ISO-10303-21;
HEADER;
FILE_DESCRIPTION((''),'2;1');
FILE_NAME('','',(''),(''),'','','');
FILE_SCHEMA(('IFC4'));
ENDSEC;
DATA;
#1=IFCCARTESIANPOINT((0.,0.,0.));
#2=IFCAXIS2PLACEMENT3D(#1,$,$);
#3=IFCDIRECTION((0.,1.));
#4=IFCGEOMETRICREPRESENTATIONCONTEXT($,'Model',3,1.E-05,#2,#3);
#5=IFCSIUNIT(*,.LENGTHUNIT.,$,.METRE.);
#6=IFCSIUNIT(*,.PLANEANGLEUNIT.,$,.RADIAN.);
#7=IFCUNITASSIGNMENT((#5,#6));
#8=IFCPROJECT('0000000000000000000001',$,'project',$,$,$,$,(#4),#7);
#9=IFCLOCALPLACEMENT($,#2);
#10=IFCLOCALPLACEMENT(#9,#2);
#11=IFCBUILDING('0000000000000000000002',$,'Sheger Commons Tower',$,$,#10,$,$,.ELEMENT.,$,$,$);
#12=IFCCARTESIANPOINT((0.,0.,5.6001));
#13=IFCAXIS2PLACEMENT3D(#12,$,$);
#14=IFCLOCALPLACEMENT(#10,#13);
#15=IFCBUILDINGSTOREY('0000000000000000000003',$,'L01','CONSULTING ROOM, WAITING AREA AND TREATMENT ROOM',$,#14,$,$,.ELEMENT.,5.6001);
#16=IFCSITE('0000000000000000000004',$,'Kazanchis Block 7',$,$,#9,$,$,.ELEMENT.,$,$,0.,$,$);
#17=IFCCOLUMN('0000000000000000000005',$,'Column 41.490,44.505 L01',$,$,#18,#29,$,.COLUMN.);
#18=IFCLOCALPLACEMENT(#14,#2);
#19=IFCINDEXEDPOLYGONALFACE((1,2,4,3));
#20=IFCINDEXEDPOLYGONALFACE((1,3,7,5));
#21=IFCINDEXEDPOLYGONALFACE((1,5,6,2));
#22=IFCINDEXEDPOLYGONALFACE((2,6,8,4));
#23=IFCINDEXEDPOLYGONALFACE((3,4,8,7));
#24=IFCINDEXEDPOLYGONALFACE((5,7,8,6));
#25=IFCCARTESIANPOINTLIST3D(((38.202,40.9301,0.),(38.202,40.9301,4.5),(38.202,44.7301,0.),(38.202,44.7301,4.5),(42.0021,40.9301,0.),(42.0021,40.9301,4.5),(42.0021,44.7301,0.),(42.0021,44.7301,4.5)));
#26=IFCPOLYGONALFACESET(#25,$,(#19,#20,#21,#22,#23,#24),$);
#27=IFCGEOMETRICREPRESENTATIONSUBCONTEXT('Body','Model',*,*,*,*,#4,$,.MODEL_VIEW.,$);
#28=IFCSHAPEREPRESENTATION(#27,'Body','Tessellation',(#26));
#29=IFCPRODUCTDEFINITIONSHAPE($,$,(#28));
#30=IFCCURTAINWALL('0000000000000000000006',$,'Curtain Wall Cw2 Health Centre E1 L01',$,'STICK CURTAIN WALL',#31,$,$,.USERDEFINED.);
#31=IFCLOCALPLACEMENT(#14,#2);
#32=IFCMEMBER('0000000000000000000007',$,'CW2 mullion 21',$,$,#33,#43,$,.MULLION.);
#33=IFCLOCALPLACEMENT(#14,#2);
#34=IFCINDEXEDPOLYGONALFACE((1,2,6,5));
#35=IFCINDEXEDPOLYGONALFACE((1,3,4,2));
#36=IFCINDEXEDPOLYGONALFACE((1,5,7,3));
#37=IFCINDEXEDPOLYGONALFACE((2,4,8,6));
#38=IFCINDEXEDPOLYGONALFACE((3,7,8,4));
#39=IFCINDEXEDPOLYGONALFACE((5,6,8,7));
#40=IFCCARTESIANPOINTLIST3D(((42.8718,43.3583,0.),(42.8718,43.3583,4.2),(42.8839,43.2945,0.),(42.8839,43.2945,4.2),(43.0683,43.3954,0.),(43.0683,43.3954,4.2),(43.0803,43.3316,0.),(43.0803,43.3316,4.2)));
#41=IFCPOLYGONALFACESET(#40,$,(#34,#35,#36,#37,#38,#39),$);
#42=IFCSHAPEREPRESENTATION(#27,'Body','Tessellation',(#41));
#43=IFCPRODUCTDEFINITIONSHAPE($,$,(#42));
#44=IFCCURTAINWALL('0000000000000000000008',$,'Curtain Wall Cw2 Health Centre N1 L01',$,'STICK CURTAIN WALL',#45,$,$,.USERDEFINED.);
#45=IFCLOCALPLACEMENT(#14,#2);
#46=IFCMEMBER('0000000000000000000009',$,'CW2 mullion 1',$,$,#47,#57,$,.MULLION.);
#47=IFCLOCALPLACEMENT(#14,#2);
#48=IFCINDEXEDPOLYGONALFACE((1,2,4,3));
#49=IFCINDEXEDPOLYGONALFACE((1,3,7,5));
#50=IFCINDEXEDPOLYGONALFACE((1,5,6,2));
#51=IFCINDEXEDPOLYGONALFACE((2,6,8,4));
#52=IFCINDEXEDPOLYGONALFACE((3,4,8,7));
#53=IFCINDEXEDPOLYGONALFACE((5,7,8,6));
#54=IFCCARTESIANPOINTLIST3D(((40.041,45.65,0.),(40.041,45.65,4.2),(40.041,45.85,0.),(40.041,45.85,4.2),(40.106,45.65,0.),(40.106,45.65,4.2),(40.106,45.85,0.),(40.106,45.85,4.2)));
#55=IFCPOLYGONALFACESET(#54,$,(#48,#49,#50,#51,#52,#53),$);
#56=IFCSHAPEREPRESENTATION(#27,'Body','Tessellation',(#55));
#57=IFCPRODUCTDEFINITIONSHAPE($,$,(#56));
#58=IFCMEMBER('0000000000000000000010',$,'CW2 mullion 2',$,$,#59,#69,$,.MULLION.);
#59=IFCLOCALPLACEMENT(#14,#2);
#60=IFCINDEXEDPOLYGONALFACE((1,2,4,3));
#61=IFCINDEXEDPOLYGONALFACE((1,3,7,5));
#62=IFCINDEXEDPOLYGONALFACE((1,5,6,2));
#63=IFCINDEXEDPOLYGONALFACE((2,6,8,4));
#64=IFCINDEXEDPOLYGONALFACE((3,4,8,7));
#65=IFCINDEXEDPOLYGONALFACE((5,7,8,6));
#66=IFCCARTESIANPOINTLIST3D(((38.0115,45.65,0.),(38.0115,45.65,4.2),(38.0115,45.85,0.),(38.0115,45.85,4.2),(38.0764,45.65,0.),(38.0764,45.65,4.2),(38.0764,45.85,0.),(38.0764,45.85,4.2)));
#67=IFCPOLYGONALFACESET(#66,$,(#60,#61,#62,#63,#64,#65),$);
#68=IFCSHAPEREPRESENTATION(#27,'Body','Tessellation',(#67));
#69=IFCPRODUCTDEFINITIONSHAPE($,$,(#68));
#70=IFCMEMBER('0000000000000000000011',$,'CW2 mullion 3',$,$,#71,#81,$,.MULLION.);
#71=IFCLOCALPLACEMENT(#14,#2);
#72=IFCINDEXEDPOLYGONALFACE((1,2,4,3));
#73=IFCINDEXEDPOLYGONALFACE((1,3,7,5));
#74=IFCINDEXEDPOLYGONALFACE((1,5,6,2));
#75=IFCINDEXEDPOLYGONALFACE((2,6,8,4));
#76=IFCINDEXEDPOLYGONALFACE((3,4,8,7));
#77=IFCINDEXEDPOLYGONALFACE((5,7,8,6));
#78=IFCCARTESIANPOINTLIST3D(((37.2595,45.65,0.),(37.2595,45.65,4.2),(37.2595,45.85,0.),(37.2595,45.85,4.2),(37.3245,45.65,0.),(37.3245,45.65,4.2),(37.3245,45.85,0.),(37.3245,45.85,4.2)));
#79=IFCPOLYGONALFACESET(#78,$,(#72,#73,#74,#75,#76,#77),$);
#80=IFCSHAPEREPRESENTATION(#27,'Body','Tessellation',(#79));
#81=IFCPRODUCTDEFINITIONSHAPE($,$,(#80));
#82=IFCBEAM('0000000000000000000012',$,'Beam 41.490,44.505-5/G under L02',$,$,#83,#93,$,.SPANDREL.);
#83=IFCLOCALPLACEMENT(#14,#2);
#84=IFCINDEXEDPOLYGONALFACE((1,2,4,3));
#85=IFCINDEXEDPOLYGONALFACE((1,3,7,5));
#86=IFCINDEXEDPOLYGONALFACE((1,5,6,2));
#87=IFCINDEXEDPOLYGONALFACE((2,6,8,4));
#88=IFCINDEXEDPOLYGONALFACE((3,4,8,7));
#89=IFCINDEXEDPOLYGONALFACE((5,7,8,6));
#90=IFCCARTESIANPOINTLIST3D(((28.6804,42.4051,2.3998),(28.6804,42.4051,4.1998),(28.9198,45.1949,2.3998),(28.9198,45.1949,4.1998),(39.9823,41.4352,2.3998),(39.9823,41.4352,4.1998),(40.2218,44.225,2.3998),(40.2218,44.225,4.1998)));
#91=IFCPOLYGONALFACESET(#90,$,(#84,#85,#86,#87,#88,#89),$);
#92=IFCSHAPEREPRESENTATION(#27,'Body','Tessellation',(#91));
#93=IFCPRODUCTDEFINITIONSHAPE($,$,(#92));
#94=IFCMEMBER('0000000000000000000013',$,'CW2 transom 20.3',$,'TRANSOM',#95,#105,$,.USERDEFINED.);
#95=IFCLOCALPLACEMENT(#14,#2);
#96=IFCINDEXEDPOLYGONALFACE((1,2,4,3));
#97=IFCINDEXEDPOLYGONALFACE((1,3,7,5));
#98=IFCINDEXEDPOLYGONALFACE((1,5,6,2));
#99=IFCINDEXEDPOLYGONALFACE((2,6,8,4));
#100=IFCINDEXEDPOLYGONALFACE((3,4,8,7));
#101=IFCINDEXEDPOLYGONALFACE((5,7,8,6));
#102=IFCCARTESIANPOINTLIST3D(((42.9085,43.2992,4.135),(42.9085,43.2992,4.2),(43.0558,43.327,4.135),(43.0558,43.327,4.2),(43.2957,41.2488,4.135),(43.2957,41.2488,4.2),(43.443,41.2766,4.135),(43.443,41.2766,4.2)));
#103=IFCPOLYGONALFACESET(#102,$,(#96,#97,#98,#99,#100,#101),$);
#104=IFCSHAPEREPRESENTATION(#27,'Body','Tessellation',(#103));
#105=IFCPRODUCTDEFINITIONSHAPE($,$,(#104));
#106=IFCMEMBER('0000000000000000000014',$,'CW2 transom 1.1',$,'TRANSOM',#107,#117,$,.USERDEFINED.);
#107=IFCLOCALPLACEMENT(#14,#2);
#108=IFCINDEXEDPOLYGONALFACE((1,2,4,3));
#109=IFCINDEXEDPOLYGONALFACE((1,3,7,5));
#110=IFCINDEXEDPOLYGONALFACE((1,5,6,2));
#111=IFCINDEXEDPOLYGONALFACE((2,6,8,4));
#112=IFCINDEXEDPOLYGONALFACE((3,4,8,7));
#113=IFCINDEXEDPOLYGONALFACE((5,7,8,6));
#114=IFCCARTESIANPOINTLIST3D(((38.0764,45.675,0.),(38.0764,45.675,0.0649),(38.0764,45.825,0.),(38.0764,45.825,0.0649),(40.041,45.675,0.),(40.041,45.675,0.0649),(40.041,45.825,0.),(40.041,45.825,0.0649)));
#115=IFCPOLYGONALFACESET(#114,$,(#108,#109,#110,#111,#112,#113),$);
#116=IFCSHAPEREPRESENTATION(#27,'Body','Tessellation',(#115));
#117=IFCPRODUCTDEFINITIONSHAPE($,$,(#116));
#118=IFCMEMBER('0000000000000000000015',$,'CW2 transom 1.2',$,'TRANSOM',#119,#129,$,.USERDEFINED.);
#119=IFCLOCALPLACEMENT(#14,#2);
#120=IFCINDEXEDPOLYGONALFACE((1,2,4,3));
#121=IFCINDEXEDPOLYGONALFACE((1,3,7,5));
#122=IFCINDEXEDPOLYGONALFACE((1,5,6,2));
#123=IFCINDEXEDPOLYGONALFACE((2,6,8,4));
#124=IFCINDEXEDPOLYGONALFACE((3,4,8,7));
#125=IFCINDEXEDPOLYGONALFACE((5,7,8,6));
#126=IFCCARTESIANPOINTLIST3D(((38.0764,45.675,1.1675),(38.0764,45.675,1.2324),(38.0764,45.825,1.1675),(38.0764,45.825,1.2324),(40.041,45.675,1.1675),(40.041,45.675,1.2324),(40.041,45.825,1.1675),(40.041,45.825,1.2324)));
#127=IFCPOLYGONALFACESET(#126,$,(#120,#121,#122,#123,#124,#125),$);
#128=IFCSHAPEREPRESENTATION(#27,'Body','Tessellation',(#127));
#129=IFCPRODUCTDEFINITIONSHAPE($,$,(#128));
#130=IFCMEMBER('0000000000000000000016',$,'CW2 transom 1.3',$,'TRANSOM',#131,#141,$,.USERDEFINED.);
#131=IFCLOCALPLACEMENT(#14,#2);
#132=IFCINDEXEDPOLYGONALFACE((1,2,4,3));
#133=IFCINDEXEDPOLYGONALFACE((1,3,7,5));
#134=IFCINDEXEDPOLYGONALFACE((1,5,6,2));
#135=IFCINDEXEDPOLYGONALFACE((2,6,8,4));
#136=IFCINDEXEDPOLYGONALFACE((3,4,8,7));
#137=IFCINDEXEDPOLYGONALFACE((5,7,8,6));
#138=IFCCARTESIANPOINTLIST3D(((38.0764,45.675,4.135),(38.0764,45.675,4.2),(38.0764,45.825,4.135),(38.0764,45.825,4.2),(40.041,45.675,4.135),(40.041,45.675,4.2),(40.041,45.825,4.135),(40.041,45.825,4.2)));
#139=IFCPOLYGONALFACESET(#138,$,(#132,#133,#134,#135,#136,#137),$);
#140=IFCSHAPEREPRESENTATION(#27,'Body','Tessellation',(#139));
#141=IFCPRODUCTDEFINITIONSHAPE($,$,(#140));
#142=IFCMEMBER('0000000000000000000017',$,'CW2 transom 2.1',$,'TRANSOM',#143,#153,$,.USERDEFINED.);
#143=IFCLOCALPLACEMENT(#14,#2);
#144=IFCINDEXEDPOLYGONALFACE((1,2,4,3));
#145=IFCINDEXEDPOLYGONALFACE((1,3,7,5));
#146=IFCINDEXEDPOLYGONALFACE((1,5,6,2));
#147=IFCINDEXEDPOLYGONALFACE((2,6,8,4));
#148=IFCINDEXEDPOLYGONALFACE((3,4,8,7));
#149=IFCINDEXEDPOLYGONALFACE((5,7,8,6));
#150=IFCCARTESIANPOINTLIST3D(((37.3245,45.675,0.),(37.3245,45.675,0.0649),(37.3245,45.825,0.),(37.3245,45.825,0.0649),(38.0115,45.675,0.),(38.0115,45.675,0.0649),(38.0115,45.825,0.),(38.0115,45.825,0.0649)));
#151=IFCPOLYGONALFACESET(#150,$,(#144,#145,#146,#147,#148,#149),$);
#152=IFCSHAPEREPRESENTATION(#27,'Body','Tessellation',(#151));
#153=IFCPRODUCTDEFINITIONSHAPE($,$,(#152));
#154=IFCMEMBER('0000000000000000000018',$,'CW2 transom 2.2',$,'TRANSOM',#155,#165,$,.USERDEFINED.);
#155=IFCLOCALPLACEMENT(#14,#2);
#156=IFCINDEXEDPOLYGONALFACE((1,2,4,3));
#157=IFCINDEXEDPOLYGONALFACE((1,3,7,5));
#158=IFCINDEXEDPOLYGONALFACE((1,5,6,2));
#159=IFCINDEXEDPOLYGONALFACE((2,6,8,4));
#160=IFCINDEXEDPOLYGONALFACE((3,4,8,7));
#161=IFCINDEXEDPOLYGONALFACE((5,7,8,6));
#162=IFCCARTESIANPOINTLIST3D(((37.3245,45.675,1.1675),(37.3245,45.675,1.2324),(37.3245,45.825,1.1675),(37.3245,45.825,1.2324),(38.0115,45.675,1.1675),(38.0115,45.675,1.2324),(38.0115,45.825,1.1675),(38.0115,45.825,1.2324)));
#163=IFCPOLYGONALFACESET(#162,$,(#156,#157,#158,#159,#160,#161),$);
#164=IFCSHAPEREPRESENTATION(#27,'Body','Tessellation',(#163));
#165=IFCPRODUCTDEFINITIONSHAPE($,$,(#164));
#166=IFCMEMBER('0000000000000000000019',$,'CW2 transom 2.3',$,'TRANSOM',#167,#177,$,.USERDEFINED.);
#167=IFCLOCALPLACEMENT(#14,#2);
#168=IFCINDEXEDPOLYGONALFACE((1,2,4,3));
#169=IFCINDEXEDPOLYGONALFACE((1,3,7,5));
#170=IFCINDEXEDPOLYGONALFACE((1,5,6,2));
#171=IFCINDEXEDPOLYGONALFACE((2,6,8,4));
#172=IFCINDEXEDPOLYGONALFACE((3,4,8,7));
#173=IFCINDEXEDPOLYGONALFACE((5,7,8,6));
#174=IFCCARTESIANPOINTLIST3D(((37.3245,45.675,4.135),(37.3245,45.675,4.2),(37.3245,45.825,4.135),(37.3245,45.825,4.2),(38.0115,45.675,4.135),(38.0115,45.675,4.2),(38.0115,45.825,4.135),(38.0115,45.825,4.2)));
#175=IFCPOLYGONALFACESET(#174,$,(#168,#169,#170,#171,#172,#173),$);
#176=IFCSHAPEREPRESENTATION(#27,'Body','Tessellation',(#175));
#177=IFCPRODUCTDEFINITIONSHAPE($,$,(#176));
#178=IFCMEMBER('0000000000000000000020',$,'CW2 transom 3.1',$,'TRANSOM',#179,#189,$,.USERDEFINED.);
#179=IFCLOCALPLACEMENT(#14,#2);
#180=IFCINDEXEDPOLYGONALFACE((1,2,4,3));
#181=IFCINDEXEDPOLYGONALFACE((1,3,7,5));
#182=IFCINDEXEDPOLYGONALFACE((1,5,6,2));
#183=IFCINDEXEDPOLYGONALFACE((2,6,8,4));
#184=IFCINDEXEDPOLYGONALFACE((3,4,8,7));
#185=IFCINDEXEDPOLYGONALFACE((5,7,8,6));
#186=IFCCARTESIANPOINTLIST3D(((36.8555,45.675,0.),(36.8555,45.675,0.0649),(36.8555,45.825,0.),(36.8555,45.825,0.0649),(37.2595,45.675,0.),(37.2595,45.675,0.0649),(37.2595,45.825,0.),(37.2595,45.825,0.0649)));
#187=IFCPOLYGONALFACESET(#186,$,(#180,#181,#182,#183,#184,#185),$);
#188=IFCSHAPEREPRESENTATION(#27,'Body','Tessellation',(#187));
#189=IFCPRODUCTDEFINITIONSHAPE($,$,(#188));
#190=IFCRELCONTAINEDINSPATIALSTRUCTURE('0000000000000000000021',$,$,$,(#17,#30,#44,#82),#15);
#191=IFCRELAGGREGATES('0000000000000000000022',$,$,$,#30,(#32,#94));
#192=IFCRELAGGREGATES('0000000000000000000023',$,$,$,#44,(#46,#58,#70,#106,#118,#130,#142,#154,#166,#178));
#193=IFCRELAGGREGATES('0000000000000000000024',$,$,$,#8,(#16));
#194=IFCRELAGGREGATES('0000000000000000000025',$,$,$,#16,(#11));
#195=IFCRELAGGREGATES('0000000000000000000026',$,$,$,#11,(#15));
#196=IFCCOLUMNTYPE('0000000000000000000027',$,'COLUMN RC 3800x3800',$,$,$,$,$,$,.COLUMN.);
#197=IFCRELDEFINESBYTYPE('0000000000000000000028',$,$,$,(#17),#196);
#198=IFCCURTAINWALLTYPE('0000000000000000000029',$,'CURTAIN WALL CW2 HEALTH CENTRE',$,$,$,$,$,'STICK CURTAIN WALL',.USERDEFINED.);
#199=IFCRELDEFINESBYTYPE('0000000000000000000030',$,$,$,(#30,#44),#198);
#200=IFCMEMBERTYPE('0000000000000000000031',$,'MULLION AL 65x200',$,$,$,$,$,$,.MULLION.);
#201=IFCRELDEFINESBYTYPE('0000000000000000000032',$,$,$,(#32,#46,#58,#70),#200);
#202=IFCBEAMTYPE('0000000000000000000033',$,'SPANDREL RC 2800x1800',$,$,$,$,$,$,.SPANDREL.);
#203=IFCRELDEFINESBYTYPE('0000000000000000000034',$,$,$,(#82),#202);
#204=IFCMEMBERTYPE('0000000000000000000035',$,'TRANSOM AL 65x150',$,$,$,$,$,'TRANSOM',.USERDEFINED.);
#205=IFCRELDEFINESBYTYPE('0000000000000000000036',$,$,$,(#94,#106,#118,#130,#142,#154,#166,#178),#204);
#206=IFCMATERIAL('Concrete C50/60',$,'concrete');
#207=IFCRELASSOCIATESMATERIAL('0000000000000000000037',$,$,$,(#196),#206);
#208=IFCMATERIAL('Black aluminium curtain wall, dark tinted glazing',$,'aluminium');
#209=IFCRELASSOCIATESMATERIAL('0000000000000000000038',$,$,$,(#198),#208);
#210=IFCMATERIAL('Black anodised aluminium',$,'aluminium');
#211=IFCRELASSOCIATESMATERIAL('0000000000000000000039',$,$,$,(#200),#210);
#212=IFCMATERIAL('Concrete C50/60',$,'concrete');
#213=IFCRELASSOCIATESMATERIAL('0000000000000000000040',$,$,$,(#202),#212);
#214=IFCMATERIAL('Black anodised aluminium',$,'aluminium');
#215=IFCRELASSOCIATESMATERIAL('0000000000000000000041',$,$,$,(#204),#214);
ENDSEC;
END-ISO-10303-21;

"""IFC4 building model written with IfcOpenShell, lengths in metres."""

from ifc_helpers import new_model, si_unit, direction, frame, origin, origin_2d, place, context, subcontext, project, spatial, rectangle, extrude, material, material_profile, profile_set, type_object, element, aggregate, save


model = new_model("IFC4")

# Units and contexts
model_context = context("Model", 3, precision=1e-05, world=origin(), true_north=direction((0.0, 1.0)))
body_context = subcontext(model_context, "Body", "Model", "MODEL_VIEW")
ifc_project = project(units=[si_unit("LENGTHUNIT", "METRE"), si_unit("PLANEANGLEUNIT", "RADIAN")], contexts=[model_context])

# Site, building, storey
site_placement = place(None, origin())
site = spatial("IfcSite", under=ifc_project, at=site_placement, Name="Kazanchis Block 7", CompositionType="ELEMENT", RefElevation=0.0)
building_placement = place(site_placement, origin())
building = spatial("IfcBuilding", under=site, at=building_placement, Name="Sheger Commons Tower", CompositionType="ELEMENT")
storey_placement = place(building_placement, frame((0.0, 0.0, 5.6001)))
storey = spatial("IfcBuildingStorey", under=building, at=storey_placement, Name="L01", Description="CONSULTING ROOM, WAITING AREA AND TREATMENT ROOM", CompositionType="ELEMENT", Elevation=5.6001)

# Column
ifc_material_1 = material(Name="Concrete C50/60", Category="concrete")
ifc_material_profile_1 = material_profile(ifc_material_1, rectangle(XDim=3.8, YDim=3.8, at=origin_2d()), Name="RC 3800x3800")
ifc_profile_set_1 = profile_set([ifc_material_profile_1], Name="Concrete C50/60")
column_type = type_object("IfcColumnType", Name="COLUMN RC 3800x3800", PredefinedType="COLUMN", material=ifc_profile_set_1)
column_placement = place(storey_placement, frame((40.1021, 42.8301, 0.0), z_axis=(0.0, 0.0, 1.0), x_axis=(1.0, 0.0, 0.0)))
element("IfcColumn", 1, at=column_placement, inside=storey, type_object=column_type, Name="Column 41.490,44.505 L01", PredefinedType="COLUMN", context=body_context, shape_type="SweptSolid", body=[
    extrude(rectangle(XDim=3.8, YDim=3.8, at=origin_2d()), origin(), (0.0, 0.0, 1.0), 4.5),
])

# Curtain wall, member
ifc_material_2 = material(Name="Black aluminium curtain wall, dark tinted glazing", Category="aluminium")
curtain_wall_type = type_object("IfcCurtainWallType", Name="CURTAIN WALL CW2 HEALTH CENTRE", ElementType="STICK CURTAIN WALL", PredefinedType="USERDEFINED", material=ifc_material_2)
curtain_wall_1_placement = place(storey_placement, origin())
curtain_wall_1 = element("IfcCurtainWall", 2, at=curtain_wall_1_placement, inside=storey, type_object=curtain_wall_type, Name="Curtain Wall Cw2 Health Centre E1 L01", ObjectType="STICK CURTAIN WALL", PredefinedType="USERDEFINED")
ifc_material_3 = material(Name="Black anodised aluminium", Category="aluminium")
ifc_material_profile_2 = material_profile(ifc_material_3, rectangle(XDim=0.2, YDim=0.0649, at=origin_2d()), Name="AL 65x200")
ifc_profile_set_2 = profile_set([ifc_material_profile_2], Name="Black anodised aluminium")
member_type_1 = type_object("IfcMemberType", Name="MULLION AL 65x200", PredefinedType="MULLION", material=ifc_profile_set_2)
member_1_placement = place(storey_placement, frame((42.9761, 43.345, 0.0), z_axis=(0.0, 0.0, 1.0), x_axis=(-0.982624, -0.18561, 0.0)))
member_1 = element("IfcMember", 3, at=member_1_placement, type_object=member_type_1, Name="CW2 mullion 21", PredefinedType="MULLION", context=body_context, shape_type="SweptSolid", body=[
    extrude(rectangle(XDim=0.2, YDim=0.0649, at=origin_2d()), origin(), (0.0, 0.0, 1.0), 4.2),
])

# Curtain wall, members
curtain_wall_2_placement = place(storey_placement, origin())
curtain_wall_2 = element("IfcCurtainWall", 4, at=curtain_wall_2_placement, inside=storey, type_object=curtain_wall_type, Name="Curtain Wall Cw2 Health Centre N1 L01", ObjectType="STICK CURTAIN WALL", PredefinedType="USERDEFINED")
member_2_placement = place(storey_placement, frame((40.0735, 45.75, 0.0), z_axis=(0.0, 0.0, 1.0), x_axis=(0.0, -1.0, 0.0)))
member_2 = element("IfcMember", 5, at=member_2_placement, type_object=member_type_1, Name="CW2 mullion 1", PredefinedType="MULLION", context=body_context, shape_type="SweptSolid", body=[
    extrude(rectangle(XDim=0.2, YDim=0.0649, at=origin_2d()), origin(), (0.0, 0.0, 1.0), 4.2),
])
member_3_placement = place(storey_placement, frame((38.0439, 45.75, 0.0), z_axis=(0.0, 0.0, 1.0), x_axis=(0.0, -1.0, 0.0)))
member_3 = element("IfcMember", 6, at=member_3_placement, type_object=member_type_1, Name="CW2 mullion 2", PredefinedType="MULLION", context=body_context, shape_type="SweptSolid", body=[
    extrude(rectangle(XDim=0.2, YDim=0.0649, at=origin_2d()), origin(), (0.0, 0.0, 1.0), 4.2),
])
member_4_placement = place(storey_placement, frame((37.292, 45.75, 0.0), z_axis=(0.0, 0.0, 1.0), x_axis=(0.0, -1.0, 0.0)))
member_4 = element("IfcMember", 7, at=member_4_placement, type_object=member_type_1, Name="CW2 mullion 3", PredefinedType="MULLION", context=body_context, shape_type="SweptSolid", body=[
    extrude(rectangle(XDim=0.2, YDim=0.0649, at=origin_2d()), origin(), (0.0, 0.0, 1.0), 4.2),
])

# Beam
ifc_material_4 = material(Name="Concrete C50/60", Category="concrete")
ifc_material_profile_3 = material_profile(ifc_material_4, rectangle(XDim=2.8, YDim=1.8, at=origin_2d()), Name="RC 2800x1800")
ifc_profile_set_3 = profile_set([ifc_material_profile_3], Name="Concrete C50/60")
beam_type = type_object("IfcBeamType", Name="SPANDREL RC 2800x1800", PredefinedType="SPANDREL", material=ifc_profile_set_3)
beam_placement = place(storey_placement, frame((40.1021, 42.8301, 3.2998), z_axis=(-0.996337, 0.085509, 0.0), x_axis=(-0.085509, -0.996337, 0.0)))
element("IfcBeam", 8, at=beam_placement, inside=storey, type_object=beam_type, Name="Beam 41.490,44.505-5/G under L02", PredefinedType="SPANDREL", context=body_context, shape_type="SweptSolid", body=[
    extrude(rectangle(XDim=2.8, YDim=1.8, at=origin_2d()), origin(), (0.0, 0.0, 1.0), 11.3435),
])

# Members
ifc_material_5 = material(Name="Black anodised aluminium", Category="aluminium")
ifc_material_profile_4 = material_profile(ifc_material_5, rectangle(XDim=0.1499, YDim=0.0649, at=origin_2d()), Name="AL 65x150")
ifc_profile_set_4 = profile_set([ifc_material_profile_4], Name="Black anodised aluminium")
member_type_2 = type_object("IfcMemberType", Name="TRANSOM AL 65x150", ElementType="TRANSOM", PredefinedType="USERDEFINED", material=ifc_profile_set_4)
member_5_placement = place(storey_placement, frame((43.3694, 41.2627, 4.1675), z_axis=(-0.185553, 0.982634, 0.0), x_axis=(-0.982634, -0.185553, 0.0)))
member_5 = element("IfcMember", 9, at=member_5_placement, type_object=member_type_2, Name="CW2 transom 20.3", ObjectType="TRANSOM", PredefinedType="USERDEFINED", context=body_context, shape_type="SweptSolid", body=[
    extrude(rectangle(XDim=0.1499, YDim=0.0649, at=origin_2d()), origin(), (0.0, 0.0, 1.0), 2.0867),
])
member_6_placement = place(storey_placement, frame((40.041, 45.75, 0.0325), z_axis=(-1.0, 0.0, 0.0), x_axis=(0.0, -1.0, 0.0)))
member_6 = element("IfcMember", 10, at=member_6_placement, type_object=member_type_2, Name="CW2 transom 1.1", ObjectType="TRANSOM", PredefinedType="USERDEFINED", context=body_context, shape_type="SweptSolid", body=[
    extrude(rectangle(XDim=0.1499, YDim=0.0649, at=origin_2d()), origin(), (0.0, 0.0, 1.0), 1.9646),
])
member_7_placement = place(storey_placement, frame((40.041, 45.75, 1.2), z_axis=(-1.0, 0.0, 0.0), x_axis=(0.0, -1.0, 0.0)))
member_7 = element("IfcMember", 11, at=member_7_placement, type_object=member_type_2, Name="CW2 transom 1.2", ObjectType="TRANSOM", PredefinedType="USERDEFINED", context=body_context, shape_type="SweptSolid", body=[
    extrude(rectangle(XDim=0.1499, YDim=0.0649, at=origin_2d()), origin(), (0.0, 0.0, 1.0), 1.9646),
])
member_8_placement = place(storey_placement, frame((40.041, 45.75, 4.1675), z_axis=(-1.0, 0.0, 0.0), x_axis=(0.0, -1.0, 0.0)))
member_8 = element("IfcMember", 12, at=member_8_placement, type_object=member_type_2, Name="CW2 transom 1.3", ObjectType="TRANSOM", PredefinedType="USERDEFINED", context=body_context, shape_type="SweptSolid", body=[
    extrude(rectangle(XDim=0.1499, YDim=0.0649, at=origin_2d()), origin(), (0.0, 0.0, 1.0), 1.9646),
])
member_9_placement = place(storey_placement, frame((38.0115, 45.75, 0.0325), z_axis=(-1.0, 0.0, 0.0), x_axis=(0.0, -1.0, 0.0)))
member_9 = element("IfcMember", 13, at=member_9_placement, type_object=member_type_2, Name="CW2 transom 2.1", ObjectType="TRANSOM", PredefinedType="USERDEFINED", context=body_context, shape_type="SweptSolid", body=[
    extrude(rectangle(XDim=0.1499, YDim=0.0649, at=origin_2d()), origin(), (0.0, 0.0, 1.0), 0.687),
])
member_10_placement = place(storey_placement, frame((38.0115, 45.75, 1.2), z_axis=(-1.0, 0.0, 0.0), x_axis=(0.0, -1.0, 0.0)))
member_10 = element("IfcMember", 14, at=member_10_placement, type_object=member_type_2, Name="CW2 transom 2.2", ObjectType="TRANSOM", PredefinedType="USERDEFINED", context=body_context, shape_type="SweptSolid", body=[
    extrude(rectangle(XDim=0.1499, YDim=0.0649, at=origin_2d()), origin(), (0.0, 0.0, 1.0), 0.687),
])
member_11_placement = place(storey_placement, frame((38.0115, 45.75, 4.1675), z_axis=(-1.0, 0.0, 0.0), x_axis=(0.0, -1.0, 0.0)))
member_11 = element("IfcMember", 15, at=member_11_placement, type_object=member_type_2, Name="CW2 transom 2.3", ObjectType="TRANSOM", PredefinedType="USERDEFINED", context=body_context, shape_type="SweptSolid", body=[
    extrude(rectangle(XDim=0.1499, YDim=0.0649, at=origin_2d()), origin(), (0.0, 0.0, 1.0), 0.687),
])
member_12_placement = place(storey_placement, frame((37.2595, 45.75, 0.0325), z_axis=(-1.0, 0.0, 0.0), x_axis=(0.0, -1.0, 0.0)))
member_12 = element("IfcMember", 16, at=member_12_placement, type_object=member_type_2, Name="CW2 transom 3.1", ObjectType="TRANSOM", PredefinedType="USERDEFINED", context=body_context, shape_type="SweptSolid", body=[
    extrude(rectangle(XDim=0.1499, YDim=0.0649, at=origin_2d()), origin(), (0.0, 0.0, 1.0), 0.4041),
])

aggregate(curtain_wall_1, [member_1, member_5])
aggregate(curtain_wall_2, [member_2, member_3, member_4, member_6, member_7, member_8, member_9, member_10, member_11, member_12])

save(model, "model.ifc")
